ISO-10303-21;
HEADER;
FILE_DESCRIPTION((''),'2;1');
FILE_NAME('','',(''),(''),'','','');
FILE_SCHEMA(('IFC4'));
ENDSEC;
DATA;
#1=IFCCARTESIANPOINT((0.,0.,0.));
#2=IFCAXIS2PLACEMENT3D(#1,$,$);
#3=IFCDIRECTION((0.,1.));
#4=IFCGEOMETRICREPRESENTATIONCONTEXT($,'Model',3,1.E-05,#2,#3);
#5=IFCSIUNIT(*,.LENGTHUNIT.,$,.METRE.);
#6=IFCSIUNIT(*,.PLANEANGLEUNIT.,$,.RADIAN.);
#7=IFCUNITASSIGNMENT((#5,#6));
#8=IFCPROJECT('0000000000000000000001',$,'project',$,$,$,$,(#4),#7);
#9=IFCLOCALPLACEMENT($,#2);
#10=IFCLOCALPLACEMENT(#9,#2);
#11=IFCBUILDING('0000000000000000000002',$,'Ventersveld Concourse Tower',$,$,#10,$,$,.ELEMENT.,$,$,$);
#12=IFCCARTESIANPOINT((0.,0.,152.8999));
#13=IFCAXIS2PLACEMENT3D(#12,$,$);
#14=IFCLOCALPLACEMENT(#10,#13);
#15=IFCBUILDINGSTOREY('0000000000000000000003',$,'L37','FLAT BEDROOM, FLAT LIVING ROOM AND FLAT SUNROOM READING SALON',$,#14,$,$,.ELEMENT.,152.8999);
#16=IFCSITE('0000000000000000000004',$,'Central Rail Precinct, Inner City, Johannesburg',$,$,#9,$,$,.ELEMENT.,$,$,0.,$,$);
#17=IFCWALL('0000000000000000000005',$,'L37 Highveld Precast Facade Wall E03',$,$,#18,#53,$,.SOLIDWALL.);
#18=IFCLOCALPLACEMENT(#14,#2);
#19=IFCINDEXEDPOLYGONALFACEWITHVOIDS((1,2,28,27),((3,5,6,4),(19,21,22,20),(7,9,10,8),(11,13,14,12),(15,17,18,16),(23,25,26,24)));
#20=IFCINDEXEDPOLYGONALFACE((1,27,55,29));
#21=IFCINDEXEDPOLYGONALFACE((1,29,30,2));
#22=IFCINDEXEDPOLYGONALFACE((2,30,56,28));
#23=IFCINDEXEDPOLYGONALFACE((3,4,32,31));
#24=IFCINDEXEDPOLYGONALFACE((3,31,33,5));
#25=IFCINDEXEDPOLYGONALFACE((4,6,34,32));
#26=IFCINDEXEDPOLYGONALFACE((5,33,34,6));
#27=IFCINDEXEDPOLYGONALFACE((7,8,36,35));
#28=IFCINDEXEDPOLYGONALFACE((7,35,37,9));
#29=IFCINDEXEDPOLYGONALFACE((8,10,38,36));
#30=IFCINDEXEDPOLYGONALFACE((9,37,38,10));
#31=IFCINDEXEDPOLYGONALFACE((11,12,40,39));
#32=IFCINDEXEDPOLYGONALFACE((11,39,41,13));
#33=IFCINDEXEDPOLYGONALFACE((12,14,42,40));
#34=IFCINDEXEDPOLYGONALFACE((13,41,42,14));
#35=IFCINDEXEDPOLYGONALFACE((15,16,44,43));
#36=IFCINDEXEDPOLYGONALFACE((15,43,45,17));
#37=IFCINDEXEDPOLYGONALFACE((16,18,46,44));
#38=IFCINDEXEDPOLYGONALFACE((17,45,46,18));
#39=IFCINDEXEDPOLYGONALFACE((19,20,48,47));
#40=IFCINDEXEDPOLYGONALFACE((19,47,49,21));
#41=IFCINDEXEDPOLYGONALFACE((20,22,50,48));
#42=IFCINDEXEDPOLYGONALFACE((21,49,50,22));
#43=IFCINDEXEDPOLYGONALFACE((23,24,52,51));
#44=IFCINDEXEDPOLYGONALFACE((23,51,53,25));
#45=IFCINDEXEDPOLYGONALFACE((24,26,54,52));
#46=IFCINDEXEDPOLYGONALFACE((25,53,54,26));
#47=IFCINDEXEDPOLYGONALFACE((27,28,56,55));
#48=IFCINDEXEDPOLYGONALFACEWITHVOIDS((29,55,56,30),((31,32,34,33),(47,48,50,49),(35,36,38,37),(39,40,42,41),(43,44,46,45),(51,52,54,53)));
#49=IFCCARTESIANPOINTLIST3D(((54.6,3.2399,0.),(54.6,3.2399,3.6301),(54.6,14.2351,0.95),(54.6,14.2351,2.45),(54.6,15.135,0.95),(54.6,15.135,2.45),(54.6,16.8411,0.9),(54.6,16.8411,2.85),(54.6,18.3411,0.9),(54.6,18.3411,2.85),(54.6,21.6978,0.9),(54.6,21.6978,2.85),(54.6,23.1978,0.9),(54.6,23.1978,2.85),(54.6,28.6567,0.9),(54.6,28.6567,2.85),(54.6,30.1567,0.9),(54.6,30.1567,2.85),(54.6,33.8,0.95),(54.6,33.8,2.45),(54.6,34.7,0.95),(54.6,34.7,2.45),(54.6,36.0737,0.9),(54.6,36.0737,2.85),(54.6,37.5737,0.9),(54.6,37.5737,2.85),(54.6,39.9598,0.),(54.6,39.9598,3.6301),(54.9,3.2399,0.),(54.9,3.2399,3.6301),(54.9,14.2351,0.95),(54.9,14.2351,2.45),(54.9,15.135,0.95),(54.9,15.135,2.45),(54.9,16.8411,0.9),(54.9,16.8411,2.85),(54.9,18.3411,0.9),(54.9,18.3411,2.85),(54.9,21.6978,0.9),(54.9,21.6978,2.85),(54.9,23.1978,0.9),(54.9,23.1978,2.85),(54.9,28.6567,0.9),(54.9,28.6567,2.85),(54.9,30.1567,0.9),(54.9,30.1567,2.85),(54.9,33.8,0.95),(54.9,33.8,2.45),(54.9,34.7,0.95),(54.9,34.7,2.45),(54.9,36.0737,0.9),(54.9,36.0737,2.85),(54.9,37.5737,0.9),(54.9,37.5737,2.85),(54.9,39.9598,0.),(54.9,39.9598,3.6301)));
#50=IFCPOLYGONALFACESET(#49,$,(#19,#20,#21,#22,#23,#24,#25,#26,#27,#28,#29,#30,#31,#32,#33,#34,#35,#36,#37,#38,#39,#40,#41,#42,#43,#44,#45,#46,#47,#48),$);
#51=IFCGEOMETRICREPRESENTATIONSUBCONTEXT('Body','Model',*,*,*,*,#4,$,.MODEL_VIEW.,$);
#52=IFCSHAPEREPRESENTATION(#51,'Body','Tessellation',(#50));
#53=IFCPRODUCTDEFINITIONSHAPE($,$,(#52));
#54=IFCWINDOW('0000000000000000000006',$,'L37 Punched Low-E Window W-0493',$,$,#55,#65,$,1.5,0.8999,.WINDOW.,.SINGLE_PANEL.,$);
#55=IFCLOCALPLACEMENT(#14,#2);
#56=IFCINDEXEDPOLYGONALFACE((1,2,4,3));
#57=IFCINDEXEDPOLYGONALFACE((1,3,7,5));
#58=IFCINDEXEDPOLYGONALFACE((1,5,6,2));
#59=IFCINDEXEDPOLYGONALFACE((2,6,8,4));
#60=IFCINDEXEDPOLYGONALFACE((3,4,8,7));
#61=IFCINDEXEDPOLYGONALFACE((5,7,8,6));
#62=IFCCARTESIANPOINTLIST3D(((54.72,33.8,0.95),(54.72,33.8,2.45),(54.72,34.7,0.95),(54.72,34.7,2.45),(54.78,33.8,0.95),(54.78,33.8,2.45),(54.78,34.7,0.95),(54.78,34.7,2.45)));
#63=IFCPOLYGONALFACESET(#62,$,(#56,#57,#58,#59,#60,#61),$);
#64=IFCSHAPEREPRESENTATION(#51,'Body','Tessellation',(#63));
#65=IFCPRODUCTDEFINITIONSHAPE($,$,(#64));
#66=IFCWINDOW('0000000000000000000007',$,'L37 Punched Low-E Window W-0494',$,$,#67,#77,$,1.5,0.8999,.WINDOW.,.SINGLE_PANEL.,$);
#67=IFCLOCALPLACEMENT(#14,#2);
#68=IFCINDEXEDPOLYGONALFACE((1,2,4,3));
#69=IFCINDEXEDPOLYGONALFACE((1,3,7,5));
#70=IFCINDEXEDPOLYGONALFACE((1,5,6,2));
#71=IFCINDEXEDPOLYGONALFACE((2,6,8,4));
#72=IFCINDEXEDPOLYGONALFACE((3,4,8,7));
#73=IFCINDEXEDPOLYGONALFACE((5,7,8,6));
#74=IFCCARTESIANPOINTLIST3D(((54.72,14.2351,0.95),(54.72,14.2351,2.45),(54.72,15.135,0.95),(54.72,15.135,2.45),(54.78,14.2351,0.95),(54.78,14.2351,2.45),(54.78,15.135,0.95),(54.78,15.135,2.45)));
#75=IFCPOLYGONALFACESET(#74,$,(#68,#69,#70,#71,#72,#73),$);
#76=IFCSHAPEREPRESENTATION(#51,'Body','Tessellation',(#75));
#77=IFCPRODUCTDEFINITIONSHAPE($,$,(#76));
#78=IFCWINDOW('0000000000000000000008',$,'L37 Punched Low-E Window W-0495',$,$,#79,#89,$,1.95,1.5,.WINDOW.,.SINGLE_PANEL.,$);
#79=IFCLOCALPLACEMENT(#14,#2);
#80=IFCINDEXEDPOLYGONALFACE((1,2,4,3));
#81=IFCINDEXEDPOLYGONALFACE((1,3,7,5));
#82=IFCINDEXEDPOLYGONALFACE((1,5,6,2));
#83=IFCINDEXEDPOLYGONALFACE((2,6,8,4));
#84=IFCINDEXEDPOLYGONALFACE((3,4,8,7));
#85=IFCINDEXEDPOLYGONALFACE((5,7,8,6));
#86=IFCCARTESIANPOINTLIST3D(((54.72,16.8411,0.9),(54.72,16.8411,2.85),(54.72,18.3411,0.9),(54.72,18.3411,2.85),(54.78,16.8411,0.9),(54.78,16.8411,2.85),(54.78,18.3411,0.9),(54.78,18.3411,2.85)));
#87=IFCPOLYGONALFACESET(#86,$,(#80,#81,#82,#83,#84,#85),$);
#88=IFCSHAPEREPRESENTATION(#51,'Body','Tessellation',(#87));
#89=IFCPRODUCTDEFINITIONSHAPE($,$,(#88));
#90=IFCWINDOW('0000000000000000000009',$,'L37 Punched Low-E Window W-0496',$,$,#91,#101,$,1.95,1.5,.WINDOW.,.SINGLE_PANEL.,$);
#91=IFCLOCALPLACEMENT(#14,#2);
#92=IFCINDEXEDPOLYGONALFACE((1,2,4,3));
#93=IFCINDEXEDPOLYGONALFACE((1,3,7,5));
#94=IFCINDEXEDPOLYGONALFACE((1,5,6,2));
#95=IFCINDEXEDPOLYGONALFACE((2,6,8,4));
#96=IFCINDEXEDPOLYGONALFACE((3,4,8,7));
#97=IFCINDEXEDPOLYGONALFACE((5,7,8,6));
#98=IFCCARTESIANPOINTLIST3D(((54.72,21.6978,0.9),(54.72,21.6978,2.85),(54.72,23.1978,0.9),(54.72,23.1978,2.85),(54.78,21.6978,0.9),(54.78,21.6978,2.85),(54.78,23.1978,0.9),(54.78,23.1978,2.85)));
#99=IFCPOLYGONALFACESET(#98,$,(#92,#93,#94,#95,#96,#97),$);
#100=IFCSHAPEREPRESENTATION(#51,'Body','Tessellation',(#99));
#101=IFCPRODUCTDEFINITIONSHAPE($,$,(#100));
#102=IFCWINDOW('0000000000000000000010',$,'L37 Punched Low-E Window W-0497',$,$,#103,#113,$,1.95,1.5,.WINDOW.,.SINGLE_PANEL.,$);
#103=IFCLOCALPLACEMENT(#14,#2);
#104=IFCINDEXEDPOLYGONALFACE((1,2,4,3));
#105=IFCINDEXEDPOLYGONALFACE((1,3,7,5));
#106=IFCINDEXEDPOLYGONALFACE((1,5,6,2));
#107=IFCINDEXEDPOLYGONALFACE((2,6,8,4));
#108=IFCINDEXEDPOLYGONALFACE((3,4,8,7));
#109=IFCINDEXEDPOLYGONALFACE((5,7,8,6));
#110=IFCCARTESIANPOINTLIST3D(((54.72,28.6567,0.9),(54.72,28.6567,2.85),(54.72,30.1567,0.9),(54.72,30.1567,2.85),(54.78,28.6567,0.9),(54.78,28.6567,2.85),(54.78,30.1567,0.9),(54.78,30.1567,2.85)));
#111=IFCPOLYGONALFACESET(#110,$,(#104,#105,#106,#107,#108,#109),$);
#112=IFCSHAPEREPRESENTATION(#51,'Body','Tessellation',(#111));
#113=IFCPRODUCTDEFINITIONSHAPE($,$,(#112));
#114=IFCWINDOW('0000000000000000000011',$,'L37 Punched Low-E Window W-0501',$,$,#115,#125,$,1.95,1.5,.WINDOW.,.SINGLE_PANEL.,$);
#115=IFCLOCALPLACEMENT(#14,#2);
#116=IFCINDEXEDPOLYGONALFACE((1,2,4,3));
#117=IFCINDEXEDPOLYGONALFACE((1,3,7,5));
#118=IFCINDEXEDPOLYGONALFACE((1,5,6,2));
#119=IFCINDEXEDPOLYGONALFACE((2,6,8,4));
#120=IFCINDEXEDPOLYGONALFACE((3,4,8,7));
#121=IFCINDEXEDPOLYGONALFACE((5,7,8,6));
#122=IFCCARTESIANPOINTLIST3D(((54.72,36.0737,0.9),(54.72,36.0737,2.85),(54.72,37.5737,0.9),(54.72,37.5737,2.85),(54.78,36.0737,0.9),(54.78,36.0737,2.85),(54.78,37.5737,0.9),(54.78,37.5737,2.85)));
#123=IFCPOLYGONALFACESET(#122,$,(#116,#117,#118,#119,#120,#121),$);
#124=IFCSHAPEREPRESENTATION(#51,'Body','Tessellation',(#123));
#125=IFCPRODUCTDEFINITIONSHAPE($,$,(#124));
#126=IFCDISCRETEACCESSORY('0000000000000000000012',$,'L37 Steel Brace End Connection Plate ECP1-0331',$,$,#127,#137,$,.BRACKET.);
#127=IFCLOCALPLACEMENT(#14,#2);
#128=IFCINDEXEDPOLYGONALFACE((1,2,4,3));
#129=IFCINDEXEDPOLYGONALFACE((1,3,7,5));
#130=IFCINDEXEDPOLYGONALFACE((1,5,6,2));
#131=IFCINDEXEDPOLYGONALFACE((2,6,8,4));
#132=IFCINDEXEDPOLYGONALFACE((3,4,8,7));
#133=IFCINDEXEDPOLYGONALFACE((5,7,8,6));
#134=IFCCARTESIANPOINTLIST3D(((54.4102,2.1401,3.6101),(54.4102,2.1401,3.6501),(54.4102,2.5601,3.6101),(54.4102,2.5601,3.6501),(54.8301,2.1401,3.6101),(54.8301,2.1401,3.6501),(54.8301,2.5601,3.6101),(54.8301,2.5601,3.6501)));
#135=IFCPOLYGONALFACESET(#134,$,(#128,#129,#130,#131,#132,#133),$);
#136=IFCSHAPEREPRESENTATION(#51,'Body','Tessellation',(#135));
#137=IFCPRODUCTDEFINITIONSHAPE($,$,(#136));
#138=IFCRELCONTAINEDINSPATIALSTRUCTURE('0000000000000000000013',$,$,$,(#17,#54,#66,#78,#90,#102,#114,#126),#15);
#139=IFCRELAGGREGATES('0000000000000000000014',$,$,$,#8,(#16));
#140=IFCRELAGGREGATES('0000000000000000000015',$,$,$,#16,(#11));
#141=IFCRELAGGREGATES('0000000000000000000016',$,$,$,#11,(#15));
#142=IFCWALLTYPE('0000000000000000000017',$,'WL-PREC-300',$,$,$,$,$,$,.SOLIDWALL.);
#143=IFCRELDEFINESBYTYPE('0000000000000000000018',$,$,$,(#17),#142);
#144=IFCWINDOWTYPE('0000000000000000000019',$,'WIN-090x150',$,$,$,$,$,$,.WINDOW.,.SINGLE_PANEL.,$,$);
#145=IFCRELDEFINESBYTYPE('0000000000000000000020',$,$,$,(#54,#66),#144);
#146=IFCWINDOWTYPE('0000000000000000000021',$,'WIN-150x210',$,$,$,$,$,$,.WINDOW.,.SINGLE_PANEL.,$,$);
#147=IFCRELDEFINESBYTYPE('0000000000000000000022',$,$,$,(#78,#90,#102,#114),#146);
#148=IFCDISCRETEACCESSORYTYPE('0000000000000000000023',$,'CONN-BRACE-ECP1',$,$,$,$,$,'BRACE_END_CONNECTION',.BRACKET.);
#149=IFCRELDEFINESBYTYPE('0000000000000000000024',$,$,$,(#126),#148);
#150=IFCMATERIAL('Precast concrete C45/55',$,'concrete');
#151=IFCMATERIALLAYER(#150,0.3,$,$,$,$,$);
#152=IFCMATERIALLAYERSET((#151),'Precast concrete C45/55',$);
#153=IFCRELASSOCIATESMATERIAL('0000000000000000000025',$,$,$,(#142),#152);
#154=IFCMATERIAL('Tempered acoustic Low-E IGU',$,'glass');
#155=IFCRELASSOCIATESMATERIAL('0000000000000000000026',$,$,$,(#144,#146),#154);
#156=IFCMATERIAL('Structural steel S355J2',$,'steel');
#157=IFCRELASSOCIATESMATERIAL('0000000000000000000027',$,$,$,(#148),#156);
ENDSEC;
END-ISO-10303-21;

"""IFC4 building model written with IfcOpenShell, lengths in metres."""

from ifc_helpers import new_model, si_unit, direction, frame, frame_2d, origin, origin_2d, place, context, subcontext, project, spatial, rectangle, extrude, material, layer, layer_set, type_object, element, fill, save


model = new_model("IFC4")

# Units and contexts
model_context = context("Model", 3, precision=1e-05, world=origin(), true_north=direction((0.0, 1.0)))
body_context = subcontext(model_context, "Body", "Model", "MODEL_VIEW")
ifc_project = project(units=[si_unit("LENGTHUNIT", "METRE"), si_unit("PLANEANGLEUNIT", "RADIAN")], contexts=[model_context])

# Site, building, storey
site_placement = place(None, origin())
site = spatial("IfcSite", under=ifc_project, at=site_placement, Name="Central Rail Precinct, Inner City, Johannesburg", CompositionType="ELEMENT", RefElevation=0.0)
building_placement = place(site_placement, origin())
building = spatial("IfcBuilding", under=site, at=building_placement, Name="Ventersveld Concourse Tower", CompositionType="ELEMENT")
storey_placement = place(building_placement, frame((0.0, 0.0, 152.8999)))
storey = spatial("IfcBuildingStorey", under=building, at=storey_placement, Name="L37", Description="FLAT BEDROOM, FLAT LIVING ROOM AND FLAT SUNROOM READING SALON", CompositionType="ELEMENT", Elevation=152.8999)

# Shared definitions
ifc_material_1 = material(Name="Structural steel S355J2", Category="steel")

# Shared definitions
ifc_material_2 = material(Name="Precast concrete C45/55", Category="concrete")
ifc_layer_1 = layer(ifc_material_2, 0.3)
ifc_layer_set_1 = layer_set([ifc_layer_1], Name="Precast concrete C45/55")
wall_type_1 = type_object("IfcWallType", Name="WL-PREC-300", PredefinedType="SOLIDWALL", material=ifc_layer_set_1)

# Wall, openings, windows
wall_1_placement = place(storey_placement, frame((54.75, 3.24, 0.0), z_axis=(0.0, 0.0, 1.0), x_axis=(0.0, 1.0, 0.0)))
wall_1 = element("IfcWall", 1, at=wall_1_placement, inside=storey, type_object=wall_type_1, Name="L37 Highveld Precast Facade Wall E03", PredefinedType="SOLIDWALL", context=body_context, shape_type="SweptSolid", body=[
    extrude(rectangle(XDim=36.72, YDim=0.3, at=frame_2d((18.3599, 0.0))), origin(), (0.0, 0.0, 1.0), 3.6301),
])
opening_1_placement = place(wall_1_placement, frame((30.5601, 0.0, 0.95)))
opening_1 = element("IfcOpeningElement", 2, at=opening_1_placement, cuts=wall_1, PredefinedType="OPENING", context=body_context, shape_type="SweptSolid", body=[
    extrude(rectangle(XDim=0.8999, YDim=1.5, at=frame_2d((0.45, 0.75))), frame((0.0, 0.1602, 0.0), z_axis=(0.0, -1.0, 0.0), x_axis=(1.0, 0.0, 0.0)), (0.0, 0.0, 1.0), 0.3201),
])
opening_2_placement = place(wall_1_placement, frame((10.9951, 0.0, 0.95)))
opening_2 = element("IfcOpeningElement", 3, at=opening_2_placement, cuts=wall_1, PredefinedType="OPENING", context=body_context, shape_type="SweptSolid", body=[
    extrude(rectangle(XDim=0.8999, YDim=1.5, at=frame_2d((0.45, 0.75))), frame((0.0, 0.1602, 0.0), z_axis=(0.0, -1.0, 0.0), x_axis=(1.0, 0.0, 0.0)), (0.0, 0.0, 1.0), 0.3201),
])
opening_3_placement = place(wall_1_placement, frame((13.6011, 0.0, 0.8999)))
opening_3 = element("IfcOpeningElement", 4, at=opening_3_placement, cuts=wall_1, PredefinedType="OPENING", context=body_context, shape_type="SweptSolid", body=[
    extrude(rectangle(XDim=1.5, YDim=1.95, at=frame_2d((0.75, 0.9751))), frame((0.0, 0.1602, 0.0), z_axis=(0.0, -1.0, 0.0), x_axis=(1.0, 0.0, 0.0)), (0.0, 0.0, 1.0), 0.3201),
])
opening_4_placement = place(wall_1_placement, frame((18.4578, 0.0, 0.8999)))
opening_4 = element("IfcOpeningElement", 5, at=opening_4_placement, cuts=wall_1, PredefinedType="OPENING", context=body_context, shape_type="SweptSolid", body=[
    extrude(rectangle(XDim=1.5, YDim=1.95, at=frame_2d((0.75, 0.9751))), frame((0.0, 0.1602, 0.0), z_axis=(0.0, -1.0, 0.0), x_axis=(1.0, 0.0, 0.0)), (0.0, 0.0, 1.0), 0.3201),
])
opening_5_placement = place(wall_1_placement, frame((25.4167, 0.0, 0.8999)))
opening_5 = element("IfcOpeningElement", 6, at=opening_5_placement, cuts=wall_1, PredefinedType="OPENING", context=body_context, shape_type="SweptSolid", body=[
    extrude(rectangle(XDim=1.5, YDim=1.95, at=frame_2d((0.75, 0.9751))), frame((0.0, 0.1602, 0.0), z_axis=(0.0, -1.0, 0.0), x_axis=(1.0, 0.0, 0.0)), (0.0, 0.0, 1.0), 0.3201),
])
opening_6_placement = place(wall_1_placement, frame((32.8337, 0.0, 0.8999)))
opening_6 = element("IfcOpeningElement", 7, at=opening_6_placement, cuts=wall_1, PredefinedType="OPENING", context=body_context, shape_type="SweptSolid", body=[
    extrude(rectangle(XDim=1.5, YDim=1.95, at=frame_2d((0.75, 0.9751))), frame((0.0, 0.1602, 0.0), z_axis=(0.0, -1.0, 0.0), x_axis=(1.0, 0.0, 0.0)), (0.0, 0.0, 1.0), 0.3201),
])
ifc_material_3 = material(Name="Tempered acoustic Low-E IGU", Category="glass")
window_type_1 = type_object("IfcWindowType", Name="WIN-090x150", PartitioningType="SINGLE_PANEL", PredefinedType="WINDOW", material=ifc_material_3)
window_1_placement = place(opening_1_placement, origin())
window_1 = element("IfcWindow", 8, at=window_1_placement, inside=storey, type_object=window_type_1, Name="L37 Punched Low-E Window W-0493", OverallHeight=1.5, OverallWidth=0.8999, PartitioningType="SINGLE_PANEL", PredefinedType="WINDOW", context=body_context, shape_type="SweptSolid", body=[
    extrude(rectangle(XDim=0.8999, YDim=1.5, at=frame_2d((0.45, 0.75))), frame((0.0, 0.03, 0.0), z_axis=(0.0, -1.0, 0.0), x_axis=(1.0, 0.0, 0.0)), (0.0, 0.0, 1.0), 0.0601),
])
fill(opening_1, window_1)
window_2_placement = place(opening_2_placement, origin())
window_2 = element("IfcWindow", 9, at=window_2_placement, inside=storey, type_object=window_type_1, Name="L37 Punched Low-E Window W-0494", OverallHeight=1.5, OverallWidth=0.8999, PartitioningType="SINGLE_PANEL", PredefinedType="WINDOW", context=body_context, shape_type="SweptSolid", body=[
    extrude(rectangle(XDim=0.8999, YDim=1.5, at=frame_2d((0.45, 0.75))), frame((0.0, 0.03, 0.0), z_axis=(0.0, -1.0, 0.0), x_axis=(1.0, 0.0, 0.0)), (0.0, 0.0, 1.0), 0.0601),
])
fill(opening_2, window_2)
window_type_2 = type_object("IfcWindowType", Name="WIN-150x210", PartitioningType="SINGLE_PANEL", PredefinedType="WINDOW", material=ifc_material_3)
window_3_placement = place(opening_3_placement, origin())
window_3 = element("IfcWindow", 10, at=window_3_placement, inside=storey, type_object=window_type_2, Name="L37 Punched Low-E Window W-0495", OverallHeight=1.95, OverallWidth=1.5, PartitioningType="SINGLE_PANEL", PredefinedType="WINDOW", context=body_context, shape_type="SweptSolid", body=[
    extrude(rectangle(XDim=1.5, YDim=1.95, at=frame_2d((0.75, 0.9751))), frame((0.0, 0.03, 0.0), z_axis=(0.0, -1.0, 0.0), x_axis=(1.0, 0.0, 0.0)), (0.0, 0.0, 1.0), 0.0601),
])
fill(opening_3, window_3)
window_4_placement = place(opening_4_placement, origin())
window_4 = element("IfcWindow", 11, at=window_4_placement, inside=storey, type_object=window_type_2, Name="L37 Punched Low-E Window W-0496", OverallHeight=1.95, OverallWidth=1.5, PartitioningType="SINGLE_PANEL", PredefinedType="WINDOW", context=body_context, shape_type="SweptSolid", body=[
    extrude(rectangle(XDim=1.5, YDim=1.95, at=frame_2d((0.75, 0.9751))), frame((0.0, 0.03, 0.0), z_axis=(0.0, -1.0, 0.0), x_axis=(1.0, 0.0, 0.0)), (0.0, 0.0, 1.0), 0.0601),
])
fill(opening_4, window_4)
window_5_placement = place(opening_5_placement, origin())
window_5 = element("IfcWindow", 12, at=window_5_placement, inside=storey, type_object=window_type_2, Name="L37 Punched Low-E Window W-0497", OverallHeight=1.95, OverallWidth=1.5, PartitioningType="SINGLE_PANEL", PredefinedType="WINDOW", context=body_context, shape_type="SweptSolid", body=[
    extrude(rectangle(XDim=1.5, YDim=1.95, at=frame_2d((0.75, 0.9751))), frame((0.0, 0.03, 0.0), z_axis=(0.0, -1.0, 0.0), x_axis=(1.0, 0.0, 0.0)), (0.0, 0.0, 1.0), 0.0601),
])
fill(opening_5, window_5)
window_6_placement = place(opening_6_placement, origin())
window_6 = element("IfcWindow", 13, at=window_6_placement, inside=storey, type_object=window_type_2, Name="L37 Punched Low-E Window W-0501", OverallHeight=1.95, OverallWidth=1.5, PartitioningType="SINGLE_PANEL", PredefinedType="WINDOW", context=body_context, shape_type="SweptSolid", body=[
    extrude(rectangle(XDim=1.5, YDim=1.95, at=frame_2d((0.75, 0.9751))), frame((0.0, 0.03, 0.0), z_axis=(0.0, -1.0, 0.0), x_axis=(1.0, 0.0, 0.0)), (0.0, 0.0, 1.0), 0.0601),
])
fill(opening_6, window_6)

# Discrete accessory
discrete_accessory_type = type_object("IfcDiscreteAccessoryType", Name="CONN-BRACE-ECP1", ElementType="BRACE_END_CONNECTION", PredefinedType="BRACKET", material=ifc_material_1)
discrete_accessory_placement = place(storey_placement, frame((54.6201, 2.3501, 3.6101), z_axis=(0.0, 0.0, 1.0), x_axis=(1.0, 0.0, 0.0)))
element("IfcDiscreteAccessory", 14, at=discrete_accessory_placement, inside=storey, type_object=discrete_accessory_type, Name="L37 Steel Brace End Connection Plate ECP1-0331", PredefinedType="BRACKET", context=body_context, shape_type="SweptSolid", body=[
    extrude(rectangle(XDim=0.4199, YDim=0.4199, at=origin_2d()), origin(), (0.0, 0.0, 1.0), 0.04),
])

save(model, "model.ifc")
